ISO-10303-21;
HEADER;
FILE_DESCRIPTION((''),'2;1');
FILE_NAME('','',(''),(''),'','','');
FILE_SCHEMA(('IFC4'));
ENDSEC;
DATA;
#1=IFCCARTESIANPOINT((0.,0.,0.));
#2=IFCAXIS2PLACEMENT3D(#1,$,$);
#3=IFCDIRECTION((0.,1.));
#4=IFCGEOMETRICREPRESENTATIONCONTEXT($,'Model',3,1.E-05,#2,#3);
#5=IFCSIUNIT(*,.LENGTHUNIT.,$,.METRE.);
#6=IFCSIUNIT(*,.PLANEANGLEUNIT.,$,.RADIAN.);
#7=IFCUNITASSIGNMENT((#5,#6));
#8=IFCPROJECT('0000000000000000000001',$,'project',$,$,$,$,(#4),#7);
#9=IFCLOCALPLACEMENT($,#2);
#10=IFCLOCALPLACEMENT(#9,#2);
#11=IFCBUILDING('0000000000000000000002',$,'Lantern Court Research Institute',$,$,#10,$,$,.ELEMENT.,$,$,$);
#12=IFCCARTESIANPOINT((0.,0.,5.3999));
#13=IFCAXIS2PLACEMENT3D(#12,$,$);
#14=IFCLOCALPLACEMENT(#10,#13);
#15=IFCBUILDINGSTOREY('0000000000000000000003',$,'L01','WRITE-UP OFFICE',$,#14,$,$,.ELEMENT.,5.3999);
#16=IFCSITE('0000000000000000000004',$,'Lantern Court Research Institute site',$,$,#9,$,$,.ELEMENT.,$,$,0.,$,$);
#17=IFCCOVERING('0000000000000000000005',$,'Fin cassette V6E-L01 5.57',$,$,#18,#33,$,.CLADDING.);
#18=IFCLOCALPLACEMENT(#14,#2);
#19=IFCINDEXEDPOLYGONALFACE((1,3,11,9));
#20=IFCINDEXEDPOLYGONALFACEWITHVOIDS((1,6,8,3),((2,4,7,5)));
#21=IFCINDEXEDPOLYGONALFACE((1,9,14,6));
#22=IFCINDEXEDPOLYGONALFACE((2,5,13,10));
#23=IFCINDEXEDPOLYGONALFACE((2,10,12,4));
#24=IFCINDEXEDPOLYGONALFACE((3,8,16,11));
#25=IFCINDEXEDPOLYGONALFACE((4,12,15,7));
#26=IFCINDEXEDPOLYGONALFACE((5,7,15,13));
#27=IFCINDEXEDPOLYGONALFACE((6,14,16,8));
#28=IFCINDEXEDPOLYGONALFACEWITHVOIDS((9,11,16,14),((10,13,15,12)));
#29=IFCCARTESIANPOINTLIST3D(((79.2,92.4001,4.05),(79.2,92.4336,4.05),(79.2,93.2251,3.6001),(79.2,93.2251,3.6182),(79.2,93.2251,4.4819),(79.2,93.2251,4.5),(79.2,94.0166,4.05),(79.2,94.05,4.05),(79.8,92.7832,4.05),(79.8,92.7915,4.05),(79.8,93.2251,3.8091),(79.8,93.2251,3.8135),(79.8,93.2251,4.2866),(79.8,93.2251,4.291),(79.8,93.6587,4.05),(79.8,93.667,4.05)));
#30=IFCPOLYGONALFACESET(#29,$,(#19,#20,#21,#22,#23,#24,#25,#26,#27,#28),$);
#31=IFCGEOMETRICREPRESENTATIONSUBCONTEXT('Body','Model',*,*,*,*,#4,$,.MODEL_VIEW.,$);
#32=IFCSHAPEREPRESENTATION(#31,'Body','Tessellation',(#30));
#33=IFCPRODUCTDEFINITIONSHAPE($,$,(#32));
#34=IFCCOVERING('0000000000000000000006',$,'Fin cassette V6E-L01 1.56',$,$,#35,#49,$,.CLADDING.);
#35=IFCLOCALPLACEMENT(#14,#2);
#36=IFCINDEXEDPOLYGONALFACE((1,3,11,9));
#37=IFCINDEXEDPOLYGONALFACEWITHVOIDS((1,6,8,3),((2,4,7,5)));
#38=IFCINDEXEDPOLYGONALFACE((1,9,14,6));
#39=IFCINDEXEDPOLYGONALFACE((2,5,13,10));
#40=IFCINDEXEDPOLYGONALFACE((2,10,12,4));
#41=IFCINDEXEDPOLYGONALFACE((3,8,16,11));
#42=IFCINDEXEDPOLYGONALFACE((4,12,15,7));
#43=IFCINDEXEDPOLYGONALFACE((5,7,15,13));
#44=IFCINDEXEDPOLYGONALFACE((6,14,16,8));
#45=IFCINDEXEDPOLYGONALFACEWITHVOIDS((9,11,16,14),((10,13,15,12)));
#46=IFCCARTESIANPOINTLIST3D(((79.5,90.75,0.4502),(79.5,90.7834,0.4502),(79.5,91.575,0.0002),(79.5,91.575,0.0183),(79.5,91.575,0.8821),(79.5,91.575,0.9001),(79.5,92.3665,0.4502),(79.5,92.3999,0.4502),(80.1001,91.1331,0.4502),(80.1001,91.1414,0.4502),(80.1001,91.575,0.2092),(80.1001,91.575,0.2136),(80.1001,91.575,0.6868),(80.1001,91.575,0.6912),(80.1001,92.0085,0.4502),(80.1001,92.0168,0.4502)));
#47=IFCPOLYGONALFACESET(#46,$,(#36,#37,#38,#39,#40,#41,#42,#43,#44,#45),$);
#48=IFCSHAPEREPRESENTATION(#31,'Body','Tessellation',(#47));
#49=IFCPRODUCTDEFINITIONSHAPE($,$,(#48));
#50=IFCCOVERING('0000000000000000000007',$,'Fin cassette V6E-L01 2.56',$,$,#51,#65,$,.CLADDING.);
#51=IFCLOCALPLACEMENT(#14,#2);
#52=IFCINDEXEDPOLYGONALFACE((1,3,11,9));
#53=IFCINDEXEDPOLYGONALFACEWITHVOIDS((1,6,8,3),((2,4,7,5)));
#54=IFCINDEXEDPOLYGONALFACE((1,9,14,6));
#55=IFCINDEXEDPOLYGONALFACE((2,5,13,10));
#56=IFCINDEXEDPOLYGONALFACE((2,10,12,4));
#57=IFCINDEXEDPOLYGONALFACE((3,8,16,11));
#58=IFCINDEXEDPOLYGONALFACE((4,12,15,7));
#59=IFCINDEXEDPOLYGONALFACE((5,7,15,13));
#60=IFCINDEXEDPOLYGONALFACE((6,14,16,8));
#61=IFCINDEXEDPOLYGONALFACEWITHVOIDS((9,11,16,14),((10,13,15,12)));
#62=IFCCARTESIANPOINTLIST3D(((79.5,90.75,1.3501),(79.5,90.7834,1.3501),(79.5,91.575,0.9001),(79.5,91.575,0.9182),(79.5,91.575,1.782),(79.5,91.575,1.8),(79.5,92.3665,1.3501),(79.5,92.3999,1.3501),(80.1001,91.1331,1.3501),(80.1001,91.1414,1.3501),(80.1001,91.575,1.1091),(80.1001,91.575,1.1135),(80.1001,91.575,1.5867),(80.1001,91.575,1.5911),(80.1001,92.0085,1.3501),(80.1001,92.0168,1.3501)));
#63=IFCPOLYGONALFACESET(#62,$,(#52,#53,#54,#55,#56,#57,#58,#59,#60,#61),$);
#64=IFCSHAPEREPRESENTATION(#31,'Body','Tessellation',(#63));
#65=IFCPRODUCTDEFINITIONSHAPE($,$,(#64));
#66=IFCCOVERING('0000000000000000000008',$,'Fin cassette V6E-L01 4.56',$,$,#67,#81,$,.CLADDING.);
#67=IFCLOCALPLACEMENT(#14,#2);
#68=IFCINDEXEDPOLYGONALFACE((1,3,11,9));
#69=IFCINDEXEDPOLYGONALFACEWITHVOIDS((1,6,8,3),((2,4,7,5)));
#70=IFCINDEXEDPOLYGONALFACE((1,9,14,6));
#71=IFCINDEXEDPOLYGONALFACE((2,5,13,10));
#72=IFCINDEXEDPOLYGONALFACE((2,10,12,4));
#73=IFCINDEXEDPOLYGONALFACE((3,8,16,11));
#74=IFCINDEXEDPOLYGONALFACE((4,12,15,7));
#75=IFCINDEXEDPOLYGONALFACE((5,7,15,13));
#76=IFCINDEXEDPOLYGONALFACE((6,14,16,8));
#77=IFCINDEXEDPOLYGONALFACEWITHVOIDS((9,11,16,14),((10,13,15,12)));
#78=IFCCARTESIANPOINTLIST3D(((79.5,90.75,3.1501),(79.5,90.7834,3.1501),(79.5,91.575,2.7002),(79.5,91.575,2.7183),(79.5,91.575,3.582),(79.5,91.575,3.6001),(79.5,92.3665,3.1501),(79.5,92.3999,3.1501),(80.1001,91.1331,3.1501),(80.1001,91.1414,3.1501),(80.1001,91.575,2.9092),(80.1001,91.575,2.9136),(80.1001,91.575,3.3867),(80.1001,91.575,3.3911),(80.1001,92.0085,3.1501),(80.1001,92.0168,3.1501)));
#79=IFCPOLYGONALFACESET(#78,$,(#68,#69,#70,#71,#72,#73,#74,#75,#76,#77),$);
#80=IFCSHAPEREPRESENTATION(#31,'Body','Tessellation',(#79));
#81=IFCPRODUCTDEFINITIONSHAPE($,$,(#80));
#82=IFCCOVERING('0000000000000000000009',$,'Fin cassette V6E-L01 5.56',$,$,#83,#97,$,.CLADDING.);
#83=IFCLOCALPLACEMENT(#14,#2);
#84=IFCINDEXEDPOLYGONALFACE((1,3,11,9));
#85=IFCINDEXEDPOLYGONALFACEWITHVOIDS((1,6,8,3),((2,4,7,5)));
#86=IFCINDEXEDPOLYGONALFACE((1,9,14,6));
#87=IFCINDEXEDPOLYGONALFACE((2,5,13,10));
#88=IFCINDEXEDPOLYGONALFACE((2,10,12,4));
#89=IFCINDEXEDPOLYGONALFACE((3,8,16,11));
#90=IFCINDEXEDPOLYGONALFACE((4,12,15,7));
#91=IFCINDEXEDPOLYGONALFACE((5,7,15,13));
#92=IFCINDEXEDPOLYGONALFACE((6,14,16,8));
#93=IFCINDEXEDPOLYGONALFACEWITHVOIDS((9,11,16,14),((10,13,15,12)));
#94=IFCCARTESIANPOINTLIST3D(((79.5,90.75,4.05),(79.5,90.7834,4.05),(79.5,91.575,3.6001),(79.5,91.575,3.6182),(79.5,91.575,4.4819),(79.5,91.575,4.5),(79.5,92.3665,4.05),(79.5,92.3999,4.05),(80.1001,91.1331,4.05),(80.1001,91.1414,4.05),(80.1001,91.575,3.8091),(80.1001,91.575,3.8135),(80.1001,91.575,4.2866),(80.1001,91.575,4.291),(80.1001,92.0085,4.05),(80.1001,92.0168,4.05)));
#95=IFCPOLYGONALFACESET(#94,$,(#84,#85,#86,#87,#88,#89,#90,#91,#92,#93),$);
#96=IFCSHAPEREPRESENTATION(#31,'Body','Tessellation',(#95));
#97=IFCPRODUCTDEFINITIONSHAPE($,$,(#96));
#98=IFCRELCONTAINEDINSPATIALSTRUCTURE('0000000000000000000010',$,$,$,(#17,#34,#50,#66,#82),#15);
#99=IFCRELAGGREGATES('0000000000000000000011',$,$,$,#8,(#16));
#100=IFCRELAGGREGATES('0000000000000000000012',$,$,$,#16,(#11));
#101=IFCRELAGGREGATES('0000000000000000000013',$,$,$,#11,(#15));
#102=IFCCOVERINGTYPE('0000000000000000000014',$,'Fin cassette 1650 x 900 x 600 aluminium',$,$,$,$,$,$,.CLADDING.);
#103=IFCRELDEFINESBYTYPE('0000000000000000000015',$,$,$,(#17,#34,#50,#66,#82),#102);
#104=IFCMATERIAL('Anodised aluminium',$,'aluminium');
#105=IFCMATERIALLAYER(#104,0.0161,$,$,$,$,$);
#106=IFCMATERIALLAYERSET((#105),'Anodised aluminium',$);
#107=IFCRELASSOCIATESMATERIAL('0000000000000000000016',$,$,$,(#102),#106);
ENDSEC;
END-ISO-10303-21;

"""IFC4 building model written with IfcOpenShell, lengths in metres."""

from ifc_helpers import new_model, entity, si_unit, direction, frame, origin, place, context, subcontext, project, spatial, material, layer, layer_set, type_object, element, save


model = new_model("IFC4")

# Units and contexts
model_context = context("Model", 3, precision=1e-05, world=origin(), true_north=direction((0.0, 1.0)))
body_context = subcontext(model_context, "Body", "Model", "MODEL_VIEW")
ifc_project = project(units=[si_unit("LENGTHUNIT", "METRE"), si_unit("PLANEANGLEUNIT", "RADIAN")], contexts=[model_context])

# Site, building, storey
site_placement = place(None, origin())
site = spatial("IfcSite", under=ifc_project, at=site_placement, Name="Lantern Court Research Institute site", CompositionType="ELEMENT", RefElevation=0.0)
building_placement = place(site_placement, origin())
building = spatial("IfcBuilding", under=site, at=building_placement, Name="Lantern Court Research Institute", CompositionType="ELEMENT")
storey_placement = place(building_placement, frame((0.0, 0.0, 5.3999)))
storey = spatial("IfcBuildingStorey", under=building, at=storey_placement, Name="L01", Description="WRITE-UP OFFICE", CompositionType="ELEMENT", Elevation=5.3999)

# Coverings
ifc_material_1 = material(Name="Anodised aluminium", Category="aluminium")
ifc_layer_1 = layer(ifc_material_1, 0.0161)
ifc_layer_set_1 = layer_set([ifc_layer_1], Name="Anodised aluminium")
covering_type_1 = type_object("IfcCoveringType", Name="Fin cassette 1650 x 900 x 600 aluminium", PredefinedType="CLADDING", material=ifc_layer_set_1)
covering_1_placement = place(storey_placement, frame((79.2, 93.2251, 4.05), z_axis=(1.0, 0.0, 0.0), x_axis=(0.0, 1.0, 0.0)))
cartesian_point_1 = entity("IfcCartesianPoint", [0.825, 0.0])
cartesian_point_2 = entity("IfcCartesianPoint", [0.7915, 0.0])
cartesian_point_3 = entity("IfcCartesianPoint", [0.4419, 0.0])
cartesian_point_4 = entity("IfcCartesianPoint", [0.4336, 0.0])
element("IfcCovering", 1, at=covering_1_placement, inside=storey, type_object=covering_type_1, Name="Fin cassette V6E-L01 5.57", PredefinedType="CLADDING", context=body_context, shape_type="SweptSolid", body=[
    entity("IfcExtrudedAreaSolidTapered", entity("IfcArbitraryProfileDefWithVoids", "AREA", None, entity("IfcPolyline", [cartesian_point_1, entity("IfcCartesianPoint", [0.0, 0.45]), entity("IfcCartesianPoint", [-0.825, 0.0]), entity("IfcCartesianPoint", [0.0, -0.45]), cartesian_point_1]), [entity("IfcPolyline", [cartesian_point_2, entity("IfcCartesianPoint", [0.0, 0.4319]), entity("IfcCartesianPoint", [-0.7915, 0.0]), entity("IfcCartesianPoint", [0.0, -0.4319]), cartesian_point_2])]), entity("IfcAxis2Placement3D", entity("IfcCartesianPoint", [0.0, 0.0, 0.0])), entity("IfcDirection", [0.0, 0.0, 1.0]), 0.6001, entity("IfcArbitraryProfileDefWithVoids", "AREA", None, entity("IfcPolyline", [cartesian_point_3, entity("IfcCartesianPoint", [0.0, 0.241]), entity("IfcCartesianPoint", [-0.4419, 0.0]), entity("IfcCartesianPoint", [0.0, -0.241]), cartesian_point_3]), [entity("IfcPolyline", [cartesian_point_4, entity("IfcCartesianPoint", [0.0, 0.2366]), entity("IfcCartesianPoint", [-0.4336, 0.0]), entity("IfcCartesianPoint", [0.0, -0.2366]), cartesian_point_4])])),
])
covering_2_placement = place(storey_placement, frame((79.5, 91.575, 0.4502), z_axis=(1.0, 0.0, 0.0), x_axis=(0.0, 1.0, 0.0)))
cartesian_point_5 = entity("IfcCartesianPoint", [0.825, 0.0])
cartesian_point_6 = entity("IfcCartesianPoint", [0.7915, 0.0])
cartesian_point_7 = entity("IfcCartesianPoint", [0.4419, 0.0])
cartesian_point_8 = entity("IfcCartesianPoint", [0.4336, 0.0])
element("IfcCovering", 2, at=covering_2_placement, inside=storey, type_object=covering_type_1, Name="Fin cassette V6E-L01 1.56", PredefinedType="CLADDING", context=body_context, shape_type="SweptSolid", body=[
    entity("IfcExtrudedAreaSolidTapered", entity("IfcArbitraryProfileDefWithVoids", "AREA", None, entity("IfcPolyline", [cartesian_point_5, entity("IfcCartesianPoint", [0.0, 0.45]), entity("IfcCartesianPoint", [-0.825, 0.0]), entity("IfcCartesianPoint", [0.0, -0.45]), cartesian_point_5]), [entity("IfcPolyline", [cartesian_point_6, entity("IfcCartesianPoint", [0.0, 0.4319]), entity("IfcCartesianPoint", [-0.7915, 0.0]), entity("IfcCartesianPoint", [0.0, -0.4319]), cartesian_point_6])]), entity("IfcAxis2Placement3D", entity("IfcCartesianPoint", [0.0, 0.0, 0.0])), entity("IfcDirection", [0.0, 0.0, 1.0]), 0.6001, entity("IfcArbitraryProfileDefWithVoids", "AREA", None, entity("IfcPolyline", [cartesian_point_7, entity("IfcCartesianPoint", [0.0, 0.241]), entity("IfcCartesianPoint", [-0.4419, 0.0]), entity("IfcCartesianPoint", [0.0, -0.241]), cartesian_point_7]), [entity("IfcPolyline", [cartesian_point_8, entity("IfcCartesianPoint", [0.0, 0.2366]), entity("IfcCartesianPoint", [-0.4336, 0.0]), entity("IfcCartesianPoint", [0.0, -0.2366]), cartesian_point_8])])),
])
covering_3_placement = place(storey_placement, frame((79.5, 91.575, 1.3501), z_axis=(1.0, 0.0, 0.0), x_axis=(0.0, 1.0, 0.0)))
cartesian_point_9 = entity("IfcCartesianPoint", [0.825, 0.0])
cartesian_point_10 = entity("IfcCartesianPoint", [0.7915, 0.0])
cartesian_point_11 = entity("IfcCartesianPoint", [0.4419, 0.0])
cartesian_point_12 = entity("IfcCartesianPoint", [0.4336, 0.0])
element("IfcCovering", 3, at=covering_3_placement, inside=storey, type_object=covering_type_1, Name="Fin cassette V6E-L01 2.56", PredefinedType="CLADDING", context=body_context, shape_type="SweptSolid", body=[
    entity("IfcExtrudedAreaSolidTapered", entity("IfcArbitraryProfileDefWithVoids", "AREA", None, entity("IfcPolyline", [cartesian_point_9, entity("IfcCartesianPoint", [0.0, 0.45]), entity("IfcCartesianPoint", [-0.825, 0.0]), entity("IfcCartesianPoint", [0.0, -0.45]), cartesian_point_9]), [entity("IfcPolyline", [cartesian_point_10, entity("IfcCartesianPoint", [0.0, 0.4319]), entity("IfcCartesianPoint", [-0.7915, 0.0]), entity("IfcCartesianPoint", [0.0, -0.4319]), cartesian_point_10])]), entity("IfcAxis2Placement3D", entity("IfcCartesianPoint", [0.0, 0.0, 0.0])), entity("IfcDirection", [0.0, 0.0, 1.0]), 0.6001, entity("IfcArbitraryProfileDefWithVoids", "AREA", None, entity("IfcPolyline", [cartesian_point_11, entity("IfcCartesianPoint", [0.0, 0.241]), entity("IfcCartesianPoint", [-0.4419, 0.0]), entity("IfcCartesianPoint", [0.0, -0.241]), cartesian_point_11]), [entity("IfcPolyline", [cartesian_point_12, entity("IfcCartesianPoint", [0.0, 0.2366]), entity("IfcCartesianPoint", [-0.4336, 0.0]), entity("IfcCartesianPoint", [0.0, -0.2366]), cartesian_point_12])])),
])
covering_4_placement = place(storey_placement, frame((79.5, 91.575, 3.1501), z_axis=(1.0, 0.0, 0.0), x_axis=(0.0, 1.0, 0.0)))
cartesian_point_13 = entity("IfcCartesianPoint", [0.825, 0.0])
cartesian_point_14 = entity("IfcCartesianPoint", [0.7915, 0.0])
cartesian_point_15 = entity("IfcCartesianPoint", [0.4419, 0.0])
cartesian_point_16 = entity("IfcCartesianPoint", [0.4336, 0.0])
element("IfcCovering", 4, at=covering_4_placement, inside=storey, type_object=covering_type_1, Name="Fin cassette V6E-L01 4.56", PredefinedType="CLADDING", context=body_context, shape_type="SweptSolid", body=[
    entity("IfcExtrudedAreaSolidTapered", entity("IfcArbitraryProfileDefWithVoids", "AREA", None, entity("IfcPolyline", [cartesian_point_13, entity("IfcCartesianPoint", [0.0, 0.45]), entity("IfcCartesianPoint", [-0.825, 0.0]), entity("IfcCartesianPoint", [0.0, -0.45]), cartesian_point_13]), [entity("IfcPolyline", [cartesian_point_14, entity("IfcCartesianPoint", [0.0, 0.4319]), entity("IfcCartesianPoint", [-0.7915, 0.0]), entity("IfcCartesianPoint", [0.0, -0.4319]), cartesian_point_14])]), entity("IfcAxis2Placement3D", entity("IfcCartesianPoint", [0.0, 0.0, 0.0])), entity("IfcDirection", [0.0, 0.0, 1.0]), 0.6001, entity("IfcArbitraryProfileDefWithVoids", "AREA", None, entity("IfcPolyline", [cartesian_point_15, entity("IfcCartesianPoint", [0.0, 0.241]), entity("IfcCartesianPoint", [-0.4419, 0.0]), entity("IfcCartesianPoint", [0.0, -0.241]), cartesian_point_15]), [entity("IfcPolyline", [cartesian_point_16, entity("IfcCartesianPoint", [0.0, 0.2366]), entity("IfcCartesianPoint", [-0.4336, 0.0]), entity("IfcCartesianPoint", [0.0, -0.2366]), cartesian_point_16])])),
])
covering_5_placement = place(storey_placement, frame((79.5, 91.575, 4.05), z_axis=(1.0, 0.0, 0.0), x_axis=(0.0, 1.0, 0.0)))
cartesian_point_17 = entity("IfcCartesianPoint", [0.825, 0.0])
cartesian_point_18 = entity("IfcCartesianPoint", [0.7915, 0.0])
cartesian_point_19 = entity("IfcCartesianPoint", [0.4419, 0.0])
cartesian_point_20 = entity("IfcCartesianPoint", [0.4336, 0.0])
element("IfcCovering", 5, at=covering_5_placement, inside=storey, type_object=covering_type_1, Name="Fin cassette V6E-L01 5.56", PredefinedType="CLADDING", context=body_context, shape_type="SweptSolid", body=[
    entity("IfcExtrudedAreaSolidTapered", entity("IfcArbitraryProfileDefWithVoids", "AREA", None, entity("IfcPolyline", [cartesian_point_17, entity("IfcCartesianPoint", [0.0, 0.45]), entity("IfcCartesianPoint", [-0.825, 0.0]), entity("IfcCartesianPoint", [0.0, -0.45]), cartesian_point_17]), [entity("IfcPolyline", [cartesian_point_18, entity("IfcCartesianPoint", [0.0, 0.4319]), entity("IfcCartesianPoint", [-0.7915, 0.0]), entity("IfcCartesianPoint", [0.0, -0.4319]), cartesian_point_18])]), entity("IfcAxis2Placement3D", entity("IfcCartesianPoint", [0.0, 0.0, 0.0])), entity("IfcDirection", [0.0, 0.0, 1.0]), 0.6001, entity("IfcArbitraryProfileDefWithVoids", "AREA", None, entity("IfcPolyline", [cartesian_point_19, entity("IfcCartesianPoint", [0.0, 0.241]), entity("IfcCartesianPoint", [-0.4419, 0.0]), entity("IfcCartesianPoint", [0.0, -0.241]), cartesian_point_19]), [entity("IfcPolyline", [cartesian_point_20, entity("IfcCartesianPoint", [0.0, 0.2366]), entity("IfcCartesianPoint", [-0.4336, 0.0]), entity("IfcCartesianPoint", [0.0, -0.2366]), cartesian_point_20])])),
])

save(model, "model.ifc")
